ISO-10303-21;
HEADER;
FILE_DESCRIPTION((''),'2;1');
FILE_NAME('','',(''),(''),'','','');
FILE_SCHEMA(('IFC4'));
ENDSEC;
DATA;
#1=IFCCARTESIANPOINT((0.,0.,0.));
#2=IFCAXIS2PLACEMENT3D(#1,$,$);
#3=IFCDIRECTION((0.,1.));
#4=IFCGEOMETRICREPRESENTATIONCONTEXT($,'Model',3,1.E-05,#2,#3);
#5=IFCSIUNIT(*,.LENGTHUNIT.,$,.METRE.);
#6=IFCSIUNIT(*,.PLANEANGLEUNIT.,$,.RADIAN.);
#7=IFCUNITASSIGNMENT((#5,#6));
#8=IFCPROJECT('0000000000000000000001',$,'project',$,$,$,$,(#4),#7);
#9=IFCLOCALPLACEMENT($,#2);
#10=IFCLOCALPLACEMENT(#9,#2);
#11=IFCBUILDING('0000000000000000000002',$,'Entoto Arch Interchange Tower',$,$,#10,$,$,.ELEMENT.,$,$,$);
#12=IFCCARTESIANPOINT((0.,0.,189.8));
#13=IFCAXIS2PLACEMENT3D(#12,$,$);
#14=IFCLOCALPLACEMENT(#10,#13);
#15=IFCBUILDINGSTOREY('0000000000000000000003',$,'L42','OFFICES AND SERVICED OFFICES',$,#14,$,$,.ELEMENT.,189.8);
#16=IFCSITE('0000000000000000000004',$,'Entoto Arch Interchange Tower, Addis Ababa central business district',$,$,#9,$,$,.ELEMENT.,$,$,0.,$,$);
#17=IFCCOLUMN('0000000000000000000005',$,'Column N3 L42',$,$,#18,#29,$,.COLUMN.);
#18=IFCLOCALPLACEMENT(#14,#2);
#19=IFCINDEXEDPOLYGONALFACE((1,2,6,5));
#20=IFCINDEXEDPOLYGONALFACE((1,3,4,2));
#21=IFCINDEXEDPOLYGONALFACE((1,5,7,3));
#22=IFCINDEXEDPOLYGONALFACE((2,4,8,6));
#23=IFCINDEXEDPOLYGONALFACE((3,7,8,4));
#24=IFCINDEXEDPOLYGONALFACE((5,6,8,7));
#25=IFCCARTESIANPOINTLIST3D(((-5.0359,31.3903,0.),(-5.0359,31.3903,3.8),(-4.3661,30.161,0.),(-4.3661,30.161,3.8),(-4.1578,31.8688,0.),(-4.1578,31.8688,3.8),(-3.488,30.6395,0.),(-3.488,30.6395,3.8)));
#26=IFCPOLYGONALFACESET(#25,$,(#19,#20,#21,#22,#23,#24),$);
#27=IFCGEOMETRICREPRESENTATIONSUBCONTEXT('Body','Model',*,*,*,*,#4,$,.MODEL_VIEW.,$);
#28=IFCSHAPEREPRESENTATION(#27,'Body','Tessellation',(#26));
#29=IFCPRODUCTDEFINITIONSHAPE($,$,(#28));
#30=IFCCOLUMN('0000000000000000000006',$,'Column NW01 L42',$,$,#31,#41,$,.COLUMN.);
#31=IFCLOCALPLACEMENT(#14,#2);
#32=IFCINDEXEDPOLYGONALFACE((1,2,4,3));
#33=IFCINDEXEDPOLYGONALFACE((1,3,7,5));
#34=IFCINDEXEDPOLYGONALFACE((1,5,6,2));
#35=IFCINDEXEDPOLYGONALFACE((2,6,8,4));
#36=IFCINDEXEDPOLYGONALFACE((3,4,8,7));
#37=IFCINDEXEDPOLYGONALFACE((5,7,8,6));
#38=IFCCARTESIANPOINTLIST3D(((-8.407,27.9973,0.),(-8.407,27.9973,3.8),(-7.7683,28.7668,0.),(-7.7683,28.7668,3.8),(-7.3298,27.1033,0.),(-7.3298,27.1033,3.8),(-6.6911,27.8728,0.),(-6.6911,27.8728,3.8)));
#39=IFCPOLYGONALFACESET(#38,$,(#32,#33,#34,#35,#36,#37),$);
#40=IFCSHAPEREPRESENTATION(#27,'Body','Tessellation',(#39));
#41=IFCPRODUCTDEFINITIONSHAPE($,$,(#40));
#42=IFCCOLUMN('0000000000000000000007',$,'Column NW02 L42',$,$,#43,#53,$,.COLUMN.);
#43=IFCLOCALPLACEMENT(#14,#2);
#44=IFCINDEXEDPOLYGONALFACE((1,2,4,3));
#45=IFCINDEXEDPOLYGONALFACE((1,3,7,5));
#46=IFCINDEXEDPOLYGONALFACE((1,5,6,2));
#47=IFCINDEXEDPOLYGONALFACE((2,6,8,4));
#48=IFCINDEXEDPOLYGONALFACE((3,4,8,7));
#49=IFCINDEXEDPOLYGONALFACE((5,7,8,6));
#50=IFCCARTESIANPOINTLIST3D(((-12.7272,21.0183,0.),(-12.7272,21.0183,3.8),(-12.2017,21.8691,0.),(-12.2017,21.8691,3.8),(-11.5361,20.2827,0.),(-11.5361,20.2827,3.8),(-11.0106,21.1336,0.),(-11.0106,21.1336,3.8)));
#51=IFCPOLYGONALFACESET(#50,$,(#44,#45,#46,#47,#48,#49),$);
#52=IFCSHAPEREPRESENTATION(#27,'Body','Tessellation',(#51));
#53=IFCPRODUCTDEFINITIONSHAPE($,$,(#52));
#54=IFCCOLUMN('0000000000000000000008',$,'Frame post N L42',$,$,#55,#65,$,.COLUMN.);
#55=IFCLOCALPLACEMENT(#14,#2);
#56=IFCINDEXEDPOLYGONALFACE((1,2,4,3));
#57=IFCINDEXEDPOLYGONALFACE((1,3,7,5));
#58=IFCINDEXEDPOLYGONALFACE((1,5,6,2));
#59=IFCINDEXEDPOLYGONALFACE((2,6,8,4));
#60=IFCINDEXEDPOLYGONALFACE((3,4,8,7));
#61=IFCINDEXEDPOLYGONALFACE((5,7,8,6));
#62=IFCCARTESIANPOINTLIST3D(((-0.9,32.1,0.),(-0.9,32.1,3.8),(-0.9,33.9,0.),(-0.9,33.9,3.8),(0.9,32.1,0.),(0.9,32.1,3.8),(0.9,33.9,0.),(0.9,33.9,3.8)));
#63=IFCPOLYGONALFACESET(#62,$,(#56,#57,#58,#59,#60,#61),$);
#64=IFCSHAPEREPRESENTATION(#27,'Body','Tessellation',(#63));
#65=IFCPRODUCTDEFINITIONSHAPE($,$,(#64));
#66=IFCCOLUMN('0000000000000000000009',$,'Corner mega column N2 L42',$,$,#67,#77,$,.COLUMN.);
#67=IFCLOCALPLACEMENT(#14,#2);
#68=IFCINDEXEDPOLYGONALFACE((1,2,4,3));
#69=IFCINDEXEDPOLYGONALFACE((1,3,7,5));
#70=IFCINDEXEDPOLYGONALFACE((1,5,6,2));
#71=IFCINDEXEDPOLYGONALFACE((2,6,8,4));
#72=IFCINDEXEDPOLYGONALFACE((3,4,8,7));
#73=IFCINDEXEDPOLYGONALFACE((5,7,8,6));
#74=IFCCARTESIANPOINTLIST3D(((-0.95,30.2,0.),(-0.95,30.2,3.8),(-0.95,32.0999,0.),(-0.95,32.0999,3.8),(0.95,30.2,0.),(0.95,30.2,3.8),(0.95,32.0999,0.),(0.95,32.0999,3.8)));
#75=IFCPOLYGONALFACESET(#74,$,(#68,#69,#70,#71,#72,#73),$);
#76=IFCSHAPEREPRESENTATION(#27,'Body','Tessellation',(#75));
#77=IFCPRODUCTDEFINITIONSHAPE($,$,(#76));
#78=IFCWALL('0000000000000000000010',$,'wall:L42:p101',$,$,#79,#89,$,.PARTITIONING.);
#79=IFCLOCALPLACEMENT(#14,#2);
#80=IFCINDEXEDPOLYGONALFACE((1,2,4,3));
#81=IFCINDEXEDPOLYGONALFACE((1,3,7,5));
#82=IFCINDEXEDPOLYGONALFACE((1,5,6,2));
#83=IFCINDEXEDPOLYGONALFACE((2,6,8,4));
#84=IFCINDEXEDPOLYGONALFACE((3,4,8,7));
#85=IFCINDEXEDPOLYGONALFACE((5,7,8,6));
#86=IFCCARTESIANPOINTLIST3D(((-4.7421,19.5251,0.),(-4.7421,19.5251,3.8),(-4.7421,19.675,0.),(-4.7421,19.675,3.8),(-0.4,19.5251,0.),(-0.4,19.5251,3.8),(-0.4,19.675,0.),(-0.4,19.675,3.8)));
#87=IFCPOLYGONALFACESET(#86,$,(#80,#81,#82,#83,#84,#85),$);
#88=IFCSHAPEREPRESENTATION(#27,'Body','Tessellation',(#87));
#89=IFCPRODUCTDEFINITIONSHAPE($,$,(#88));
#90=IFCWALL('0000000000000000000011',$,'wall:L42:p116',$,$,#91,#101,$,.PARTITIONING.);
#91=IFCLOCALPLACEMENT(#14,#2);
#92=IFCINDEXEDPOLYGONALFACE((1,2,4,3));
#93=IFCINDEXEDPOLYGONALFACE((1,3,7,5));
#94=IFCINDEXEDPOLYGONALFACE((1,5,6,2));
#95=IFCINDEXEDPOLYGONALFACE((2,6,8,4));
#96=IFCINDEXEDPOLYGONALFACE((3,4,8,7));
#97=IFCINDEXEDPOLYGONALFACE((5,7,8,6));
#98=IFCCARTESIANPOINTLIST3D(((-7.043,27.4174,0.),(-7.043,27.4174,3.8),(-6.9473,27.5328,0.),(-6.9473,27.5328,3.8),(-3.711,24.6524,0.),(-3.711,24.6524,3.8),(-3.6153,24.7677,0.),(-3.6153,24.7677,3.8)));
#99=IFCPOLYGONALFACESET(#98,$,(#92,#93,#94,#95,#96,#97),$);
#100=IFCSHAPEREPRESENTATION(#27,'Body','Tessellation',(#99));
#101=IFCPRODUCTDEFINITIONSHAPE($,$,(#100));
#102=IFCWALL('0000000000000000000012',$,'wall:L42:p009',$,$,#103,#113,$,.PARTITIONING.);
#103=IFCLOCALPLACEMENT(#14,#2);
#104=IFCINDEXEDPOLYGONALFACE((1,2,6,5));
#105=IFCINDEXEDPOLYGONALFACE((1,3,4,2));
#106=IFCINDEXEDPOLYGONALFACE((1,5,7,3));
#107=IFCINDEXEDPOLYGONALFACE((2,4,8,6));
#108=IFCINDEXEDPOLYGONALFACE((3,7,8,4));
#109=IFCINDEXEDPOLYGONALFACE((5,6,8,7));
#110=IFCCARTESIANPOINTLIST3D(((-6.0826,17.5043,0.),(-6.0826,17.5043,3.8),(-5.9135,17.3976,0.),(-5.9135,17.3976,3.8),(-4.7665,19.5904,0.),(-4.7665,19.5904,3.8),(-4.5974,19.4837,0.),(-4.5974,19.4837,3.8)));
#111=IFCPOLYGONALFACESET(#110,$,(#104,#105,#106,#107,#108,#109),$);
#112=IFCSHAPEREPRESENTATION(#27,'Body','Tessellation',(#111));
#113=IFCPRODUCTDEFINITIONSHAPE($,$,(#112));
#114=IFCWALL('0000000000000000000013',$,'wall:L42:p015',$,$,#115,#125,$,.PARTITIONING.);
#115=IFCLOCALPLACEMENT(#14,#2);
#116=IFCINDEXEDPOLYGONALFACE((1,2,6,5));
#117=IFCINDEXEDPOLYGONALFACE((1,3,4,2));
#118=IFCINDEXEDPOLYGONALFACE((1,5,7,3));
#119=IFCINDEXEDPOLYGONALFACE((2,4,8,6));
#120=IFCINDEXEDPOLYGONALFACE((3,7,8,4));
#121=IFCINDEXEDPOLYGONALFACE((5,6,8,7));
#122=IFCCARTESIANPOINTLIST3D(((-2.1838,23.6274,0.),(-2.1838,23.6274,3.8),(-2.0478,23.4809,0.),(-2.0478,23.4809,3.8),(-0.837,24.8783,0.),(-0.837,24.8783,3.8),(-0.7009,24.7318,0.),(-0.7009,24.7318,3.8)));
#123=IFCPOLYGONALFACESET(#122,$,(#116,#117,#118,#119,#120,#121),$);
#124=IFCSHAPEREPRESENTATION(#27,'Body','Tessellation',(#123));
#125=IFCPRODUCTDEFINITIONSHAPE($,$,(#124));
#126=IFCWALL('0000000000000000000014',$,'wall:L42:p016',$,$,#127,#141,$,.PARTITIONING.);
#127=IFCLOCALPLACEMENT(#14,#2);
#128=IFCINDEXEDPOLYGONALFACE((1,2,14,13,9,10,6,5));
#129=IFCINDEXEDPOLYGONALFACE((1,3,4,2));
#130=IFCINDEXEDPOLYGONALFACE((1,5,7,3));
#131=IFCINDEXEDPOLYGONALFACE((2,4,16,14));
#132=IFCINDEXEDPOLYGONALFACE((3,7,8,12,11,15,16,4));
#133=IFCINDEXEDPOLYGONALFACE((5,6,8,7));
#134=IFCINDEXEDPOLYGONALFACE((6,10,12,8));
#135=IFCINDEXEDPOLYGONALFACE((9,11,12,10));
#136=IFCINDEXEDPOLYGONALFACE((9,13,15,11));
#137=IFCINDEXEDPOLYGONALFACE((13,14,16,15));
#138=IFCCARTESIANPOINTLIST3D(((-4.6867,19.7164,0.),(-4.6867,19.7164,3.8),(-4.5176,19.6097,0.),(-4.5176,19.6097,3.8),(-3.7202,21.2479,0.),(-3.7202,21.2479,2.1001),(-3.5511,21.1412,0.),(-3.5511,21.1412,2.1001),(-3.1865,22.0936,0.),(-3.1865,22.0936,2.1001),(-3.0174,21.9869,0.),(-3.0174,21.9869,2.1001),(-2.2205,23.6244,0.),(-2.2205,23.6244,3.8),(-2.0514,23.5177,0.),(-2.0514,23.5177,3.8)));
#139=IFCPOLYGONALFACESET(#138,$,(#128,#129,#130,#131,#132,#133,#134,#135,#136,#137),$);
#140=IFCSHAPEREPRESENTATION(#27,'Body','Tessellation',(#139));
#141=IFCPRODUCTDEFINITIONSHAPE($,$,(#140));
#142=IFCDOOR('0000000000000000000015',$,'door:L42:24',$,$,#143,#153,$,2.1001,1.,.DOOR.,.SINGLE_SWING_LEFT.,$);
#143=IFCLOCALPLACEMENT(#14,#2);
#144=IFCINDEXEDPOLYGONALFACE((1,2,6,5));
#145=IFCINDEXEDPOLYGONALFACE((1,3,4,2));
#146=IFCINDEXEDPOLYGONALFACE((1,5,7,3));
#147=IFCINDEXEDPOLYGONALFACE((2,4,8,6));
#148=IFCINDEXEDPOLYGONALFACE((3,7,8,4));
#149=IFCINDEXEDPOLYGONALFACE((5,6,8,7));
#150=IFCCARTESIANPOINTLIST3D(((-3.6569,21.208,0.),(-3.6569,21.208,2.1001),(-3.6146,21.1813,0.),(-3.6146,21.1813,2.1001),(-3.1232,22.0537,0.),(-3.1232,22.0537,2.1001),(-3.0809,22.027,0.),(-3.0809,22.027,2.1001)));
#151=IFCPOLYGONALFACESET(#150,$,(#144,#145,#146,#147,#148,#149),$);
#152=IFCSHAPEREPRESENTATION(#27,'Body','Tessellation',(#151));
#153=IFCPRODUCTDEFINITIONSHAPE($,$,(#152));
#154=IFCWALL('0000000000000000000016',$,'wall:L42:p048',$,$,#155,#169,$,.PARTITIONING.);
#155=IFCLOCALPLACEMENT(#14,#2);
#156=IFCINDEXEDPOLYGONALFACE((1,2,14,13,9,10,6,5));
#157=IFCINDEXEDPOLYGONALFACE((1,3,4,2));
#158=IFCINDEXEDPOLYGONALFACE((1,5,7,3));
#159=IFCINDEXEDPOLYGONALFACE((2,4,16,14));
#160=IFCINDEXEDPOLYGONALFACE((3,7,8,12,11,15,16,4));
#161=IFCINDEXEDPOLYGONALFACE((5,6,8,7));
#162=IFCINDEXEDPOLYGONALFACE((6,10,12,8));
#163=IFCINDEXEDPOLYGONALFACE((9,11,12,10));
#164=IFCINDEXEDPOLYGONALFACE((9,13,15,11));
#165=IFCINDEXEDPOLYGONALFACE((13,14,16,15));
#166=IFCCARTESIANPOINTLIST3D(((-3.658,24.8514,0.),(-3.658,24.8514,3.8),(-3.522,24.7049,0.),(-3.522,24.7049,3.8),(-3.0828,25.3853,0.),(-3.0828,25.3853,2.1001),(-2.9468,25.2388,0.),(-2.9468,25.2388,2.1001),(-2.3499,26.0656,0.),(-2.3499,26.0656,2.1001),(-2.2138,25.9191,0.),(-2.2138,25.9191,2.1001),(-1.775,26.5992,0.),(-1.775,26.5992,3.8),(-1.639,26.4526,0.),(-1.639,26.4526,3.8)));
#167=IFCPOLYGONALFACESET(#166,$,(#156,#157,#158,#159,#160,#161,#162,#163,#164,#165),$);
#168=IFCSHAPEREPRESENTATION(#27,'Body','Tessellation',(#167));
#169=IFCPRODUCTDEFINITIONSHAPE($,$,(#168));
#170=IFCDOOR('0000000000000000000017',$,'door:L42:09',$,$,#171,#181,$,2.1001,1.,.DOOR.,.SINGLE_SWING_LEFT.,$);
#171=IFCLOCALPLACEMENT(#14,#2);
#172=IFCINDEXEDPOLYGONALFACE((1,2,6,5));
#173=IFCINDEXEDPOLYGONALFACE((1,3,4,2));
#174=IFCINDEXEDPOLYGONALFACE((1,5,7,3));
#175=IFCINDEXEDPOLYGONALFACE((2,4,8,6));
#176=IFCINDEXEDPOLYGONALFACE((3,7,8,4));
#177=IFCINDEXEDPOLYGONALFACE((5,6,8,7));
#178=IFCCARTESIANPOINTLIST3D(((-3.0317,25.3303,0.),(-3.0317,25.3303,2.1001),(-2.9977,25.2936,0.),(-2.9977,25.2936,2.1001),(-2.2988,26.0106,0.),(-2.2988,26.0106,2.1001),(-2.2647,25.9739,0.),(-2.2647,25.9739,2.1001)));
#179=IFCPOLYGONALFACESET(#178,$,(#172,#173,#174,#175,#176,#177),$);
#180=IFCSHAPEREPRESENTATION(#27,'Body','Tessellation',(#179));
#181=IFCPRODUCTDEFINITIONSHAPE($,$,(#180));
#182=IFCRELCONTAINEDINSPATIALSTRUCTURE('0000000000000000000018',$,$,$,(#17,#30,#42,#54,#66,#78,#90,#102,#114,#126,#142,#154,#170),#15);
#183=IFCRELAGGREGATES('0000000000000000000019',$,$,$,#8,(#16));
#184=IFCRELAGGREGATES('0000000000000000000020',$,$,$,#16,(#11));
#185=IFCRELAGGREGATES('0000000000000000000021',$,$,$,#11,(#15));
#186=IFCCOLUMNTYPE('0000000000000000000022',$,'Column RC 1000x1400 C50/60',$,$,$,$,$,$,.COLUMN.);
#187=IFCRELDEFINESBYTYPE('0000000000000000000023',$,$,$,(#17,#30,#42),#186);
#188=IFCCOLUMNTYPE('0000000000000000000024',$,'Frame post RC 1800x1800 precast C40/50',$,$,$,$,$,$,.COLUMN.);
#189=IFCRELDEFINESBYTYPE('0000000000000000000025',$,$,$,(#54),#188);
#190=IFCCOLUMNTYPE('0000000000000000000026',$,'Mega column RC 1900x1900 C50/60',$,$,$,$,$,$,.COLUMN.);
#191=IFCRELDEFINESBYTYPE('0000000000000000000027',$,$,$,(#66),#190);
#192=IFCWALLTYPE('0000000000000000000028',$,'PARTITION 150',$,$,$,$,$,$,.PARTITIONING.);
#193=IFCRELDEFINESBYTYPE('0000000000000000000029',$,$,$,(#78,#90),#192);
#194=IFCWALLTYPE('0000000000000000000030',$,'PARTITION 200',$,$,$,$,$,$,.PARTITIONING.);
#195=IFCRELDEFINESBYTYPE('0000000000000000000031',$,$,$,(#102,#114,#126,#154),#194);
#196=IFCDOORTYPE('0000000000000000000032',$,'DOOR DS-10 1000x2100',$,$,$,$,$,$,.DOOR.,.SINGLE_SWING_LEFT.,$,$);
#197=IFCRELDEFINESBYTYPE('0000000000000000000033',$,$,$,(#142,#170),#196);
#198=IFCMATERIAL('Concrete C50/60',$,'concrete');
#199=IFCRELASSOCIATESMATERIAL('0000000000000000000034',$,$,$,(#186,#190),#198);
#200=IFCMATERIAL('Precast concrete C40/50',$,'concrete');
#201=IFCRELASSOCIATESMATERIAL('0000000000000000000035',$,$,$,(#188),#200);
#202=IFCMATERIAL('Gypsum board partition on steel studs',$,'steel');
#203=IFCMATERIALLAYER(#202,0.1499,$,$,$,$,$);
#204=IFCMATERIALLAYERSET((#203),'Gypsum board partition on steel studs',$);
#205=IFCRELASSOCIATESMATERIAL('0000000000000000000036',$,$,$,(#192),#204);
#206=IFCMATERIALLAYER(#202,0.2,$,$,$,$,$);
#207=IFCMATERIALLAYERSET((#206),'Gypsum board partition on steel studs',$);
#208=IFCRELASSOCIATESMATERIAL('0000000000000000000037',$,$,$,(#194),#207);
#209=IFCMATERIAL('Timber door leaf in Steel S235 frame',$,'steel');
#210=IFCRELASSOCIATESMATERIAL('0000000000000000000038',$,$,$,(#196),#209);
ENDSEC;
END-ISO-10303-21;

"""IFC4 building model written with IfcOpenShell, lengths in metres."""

from ifc_helpers import new_model, si_unit, direction, frame, frame_2d, origin, origin_2d, place, context, subcontext, project, spatial, rectangle, extrude, material, layer, layer_set, material_profile, profile_set, type_object, element, fill, save


model = new_model("IFC4")

# Units and contexts
model_context = context("Model", 3, precision=1e-05, world=origin(), true_north=direction((0.0, 1.0)))
body_context = subcontext(model_context, "Body", "Model", "MODEL_VIEW")
ifc_project = project(units=[si_unit("LENGTHUNIT", "METRE"), si_unit("PLANEANGLEUNIT", "RADIAN")], contexts=[model_context])

# Site, building, storey
site_placement = place(None, origin())
site = spatial("IfcSite", under=ifc_project, at=site_placement, Name="Entoto Arch Interchange Tower, Addis Ababa central business district", CompositionType="ELEMENT", RefElevation=0.0)
building_placement = place(site_placement, origin())
building = spatial("IfcBuilding", under=site, at=building_placement, Name="Entoto Arch Interchange Tower", CompositionType="ELEMENT")
storey_placement = place(building_placement, frame((0.0, 0.0, 189.8)))
storey = spatial("IfcBuildingStorey", under=building, at=storey_placement, Name="L42", Description="OFFICES AND SERVICED OFFICES", CompositionType="ELEMENT", Elevation=189.8)

# Columns
ifc_material_1 = material(Name="Concrete C50/60", Category="concrete")
ifc_material_profile_1 = material_profile(ifc_material_1, rectangle(XDim=1.0, YDim=1.3999, at=origin_2d()))
ifc_profile_set_1 = profile_set([ifc_material_profile_1], Name="Concrete C50/60")
column_type_1 = type_object("IfcColumnType", Name="Column RC 1000x1400 C50/60", PredefinedType="COLUMN", material=ifc_profile_set_1)
for number, where, z_axis, x_axis, name in (
    (1, (-4.262, 31.0149, 0.0), (0.0, 0.0, 1.0), (0.8781, 0.478477, 0.0), "Column N3 L42"),
    (2, (-7.5491, 27.9351, 0.0), (0.0, 0.0, 1.0), (0.63866, 0.769489, 0.0), "Column NW01 L42"),
    (3, (-11.8689, 21.0759, 0.0), (0.0, 0.0, 1.0), (0.525427, 0.850839, 0.0), "Column NW02 L42"),
):
    element("IfcColumn", number, at=place(storey_placement, frame(where, z_axis=z_axis, x_axis=x_axis)), inside=storey, type_object=column_type_1, Name=name, PredefinedType="COLUMN", context=body_context, shape_type="SweptSolid", body=[
        extrude(rectangle(XDim=1.0, YDim=1.3999, at=origin_2d()), origin(), (0.0, 0.0, 1.0), 3.8),
    ])
ifc_material_2 = material(Name="Precast concrete C40/50", Category="concrete")
ifc_material_profile_2 = material_profile(ifc_material_2, rectangle(XDim=1.8, YDim=1.8, at=origin_2d()))
ifc_profile_set_2 = profile_set([ifc_material_profile_2], Name="Precast concrete C40/50")
column_type_2 = type_object("IfcColumnType", Name="Frame post RC 1800x1800 precast C40/50", PredefinedType="COLUMN", material=ifc_profile_set_2)
column_1_placement = place(storey_placement, frame((0.0, 33.0, 0.0), z_axis=(0.0, 0.0, 1.0), x_axis=(0.0, 1.0, 0.0)))
element("IfcColumn", 4, at=column_1_placement, inside=storey, type_object=column_type_2, Name="Frame post N L42", PredefinedType="COLUMN", context=body_context, shape_type="SweptSolid", body=[
    extrude(rectangle(XDim=1.8, YDim=1.8, at=origin_2d()), origin(), (0.0, 0.0, 1.0), 3.8),
])
ifc_material_profile_3 = material_profile(ifc_material_1, rectangle(XDim=1.8999, YDim=1.8999, at=origin_2d()))
ifc_profile_set_3 = profile_set([ifc_material_profile_3], Name="Concrete C50/60")
column_type_3 = type_object("IfcColumnType", Name="Mega column RC 1900x1900 C50/60", PredefinedType="COLUMN", material=ifc_profile_set_3)
column_2_placement = place(storey_placement, frame((0.0, 31.1499, 0.0), z_axis=(0.0, 0.0, 1.0), x_axis=(0.0, 1.0, 0.0)))
element("IfcColumn", 5, at=column_2_placement, inside=storey, type_object=column_type_3, Name="Corner mega column N2 L42", PredefinedType="COLUMN", context=body_context, shape_type="SweptSolid", body=[
    extrude(rectangle(XDim=1.8999, YDim=1.8999, at=origin_2d()), origin(), (0.0, 0.0, 1.0), 3.8),
])

# Walls
ifc_material_3 = material(Name="Gypsum board partition on steel studs", Category="steel")
ifc_layer_1 = layer(ifc_material_3, 0.1499)
ifc_layer_set_1 = layer_set([ifc_layer_1], Name="Gypsum board partition on steel studs")
wall_type_1 = type_object("IfcWallType", Name="PARTITION 150", PredefinedType="PARTITIONING", material=ifc_layer_set_1)
wall_1_placement = place(storey_placement, frame((-4.7419, 19.6001, 0.0), z_axis=(0.0, 0.0, 1.0), x_axis=(1.0, 0.0, 0.0)))
element("IfcWall", 6, at=wall_1_placement, inside=storey, type_object=wall_type_1, Name="wall:L42:p101", PredefinedType="PARTITIONING", context=body_context, shape_type="SweptSolid", body=[
    extrude(rectangle(XDim=4.342, YDim=0.1499, at=frame_2d((2.1709, 0.0))), origin(), (0.0, 0.0, 1.0), 3.8),
])
wall_2_placement = place(storey_placement, frame((-3.6631, 24.71, 0.0), z_axis=(0.0, 0.0, 1.0), x_axis=(-0.769532, 0.638608, 0.0)))
element("IfcWall", 7, at=wall_2_placement, inside=storey, type_object=wall_type_1, Name="wall:L42:p116", PredefinedType="PARTITIONING", context=body_context, shape_type="SweptSolid", body=[
    extrude(rectangle(XDim=4.3298, YDim=0.1499, at=frame_2d((2.165, 0.0))), origin(), (0.0, 0.0, 1.0), 3.8),
])
ifc_layer_2 = layer(ifc_material_3, 0.2)
ifc_layer_set_2 = layer_set([ifc_layer_2], Name="Gypsum board partition on steel studs")
wall_type_2 = type_object("IfcWallType", Name="PARTITION 200", PredefinedType="PARTITIONING", material=ifc_layer_set_2)
wall_3_placement = place(storey_placement, frame((-4.6819, 19.5371, 0.0), z_axis=(0.0, 0.0, 1.0), x_axis=(-0.53358, -0.84575, 0.0)))
element("IfcWall", 8, at=wall_3_placement, inside=storey, type_object=wall_type_2, Name="wall:L42:p009", PredefinedType="PARTITIONING", context=body_context, shape_type="SweptSolid", body=[
    extrude(rectangle(XDim=2.4666, YDim=0.2, at=frame_2d((1.2334, 0.0))), origin(), (0.0, 0.0, 1.0), 3.8),
])
wall_4_placement = place(storey_placement, frame((-0.769, 24.8049, 0.0), z_axis=(0.0, 0.0, 1.0), x_axis=(-0.732723, -0.680528, 0.0)))
element("IfcWall", 9, at=wall_4_placement, inside=storey, type_object=wall_type_2, Name="wall:L42:p015", PredefinedType="PARTITIONING", context=body_context, shape_type="SweptSolid", body=[
    extrude(rectangle(XDim=1.8381, YDim=0.2, at=frame_2d((0.9189, 0.0))), origin(), (0.0, 0.0, 1.0), 3.8),
])

# Walls, openings, doors
wall_5_placement = place(storey_placement, frame((-2.136, 23.571, 0.0), z_axis=(0.0, 0.0, 1.0), x_axis=(-0.533665, -0.845696, 0.0)))
wall_5 = element("IfcWall", 10, at=wall_5_placement, inside=storey, type_object=wall_type_2, Name="wall:L42:p016", PredefinedType="PARTITIONING", context=body_context, shape_type="SweptSolid", body=[
    extrude(rectangle(XDim=4.6211, YDim=0.2, at=frame_2d((2.3105, 0.0))), origin(), (0.0, 0.0, 1.0), 3.8),
])
opening_1_placement = place(wall_5_placement, frame((1.8101, 0.0, 0.0)))
opening_1 = element("IfcOpeningElement", 11, at=opening_1_placement, cuts=wall_5, PredefinedType="OPENING", context=body_context, shape_type="SweptSolid", body=[
    extrude(rectangle(XDim=1.0, YDim=2.1001, at=frame_2d((0.5, 1.05))), frame((0.0, 0.1099, 0.0), z_axis=(0.0, -1.0, 0.0), x_axis=(1.0, 0.0, 0.0)), (0.0, 0.0, 1.0), 0.22),
])
ifc_material_4 = material(Name="Timber door leaf in Steel S235 frame", Category="steel")
door_type_1 = type_object("IfcDoorType", Name="DOOR DS-10 1000x2100", OperationType="SINGLE_SWING_LEFT", PredefinedType="DOOR", material=ifc_material_4)
door_1_placement = place(opening_1_placement, origin())
door_1 = element("IfcDoor", 12, at=door_1_placement, inside=storey, type_object=door_type_1, Name="door:L42:24", OperationType="SINGLE_SWING_LEFT", OverallHeight=2.1001, OverallWidth=1.0, PredefinedType="DOOR", context=body_context, shape_type="SweptSolid", body=[
    extrude(rectangle(XDim=1.0, YDim=2.1001, at=frame_2d((0.5, 1.05))), frame((0.0, 0.0249, 0.0), z_axis=(0.0, -1.0, 0.0), x_axis=(1.0, 0.0, 0.0)), (0.0, 0.0, 1.0), 0.05),
])
fill(opening_1, door_1)
wall_6_placement = place(storey_placement, frame((-3.5901, 24.7781, 0.0), z_axis=(0.0, 0.0, 1.0), x_axis=(0.732939, 0.680294, 0.0)))
wall_6 = element("IfcWall", 13, at=wall_6_placement, inside=storey, type_object=wall_type_2, Name="wall:L42:p048", PredefinedType="PARTITIONING", context=body_context, shape_type="SweptSolid", body=[
    extrude(rectangle(XDim=2.5691, YDim=0.2, at=frame_2d((1.2847, 0.0))), origin(), (0.0, 0.0, 1.0), 3.8),
])
opening_2_placement = place(wall_6_placement, frame((0.7849, 0.0, 0.0)))
opening_2 = element("IfcOpeningElement", 14, at=opening_2_placement, cuts=wall_6, PredefinedType="OPENING", context=body_context, shape_type="SweptSolid", body=[
    extrude(rectangle(XDim=1.0, YDim=2.1001, at=frame_2d((0.5, 1.05))), frame((0.0, 0.1099, 0.0), z_axis=(0.0, -1.0, 0.0), x_axis=(1.0, 0.0, 0.0)), (0.0, 0.0, 1.0), 0.22),
])
door_2_placement = place(opening_2_placement, origin())
door_2 = element("IfcDoor", 15, at=door_2_placement, inside=storey, type_object=door_type_1, Name="door:L42:09", OperationType="SINGLE_SWING_LEFT", OverallHeight=2.1001, OverallWidth=1.0, PredefinedType="DOOR", context=body_context, shape_type="SweptSolid", body=[
    extrude(rectangle(XDim=1.0, YDim=2.1001, at=frame_2d((0.5, 1.05))), frame((0.0, 0.0249, 0.0), z_axis=(0.0, -1.0, 0.0), x_axis=(1.0, 0.0, 0.0)), (0.0, 0.0, 1.0), 0.05),
])
fill(opening_2, door_2)

save(model, "model.ifc")
